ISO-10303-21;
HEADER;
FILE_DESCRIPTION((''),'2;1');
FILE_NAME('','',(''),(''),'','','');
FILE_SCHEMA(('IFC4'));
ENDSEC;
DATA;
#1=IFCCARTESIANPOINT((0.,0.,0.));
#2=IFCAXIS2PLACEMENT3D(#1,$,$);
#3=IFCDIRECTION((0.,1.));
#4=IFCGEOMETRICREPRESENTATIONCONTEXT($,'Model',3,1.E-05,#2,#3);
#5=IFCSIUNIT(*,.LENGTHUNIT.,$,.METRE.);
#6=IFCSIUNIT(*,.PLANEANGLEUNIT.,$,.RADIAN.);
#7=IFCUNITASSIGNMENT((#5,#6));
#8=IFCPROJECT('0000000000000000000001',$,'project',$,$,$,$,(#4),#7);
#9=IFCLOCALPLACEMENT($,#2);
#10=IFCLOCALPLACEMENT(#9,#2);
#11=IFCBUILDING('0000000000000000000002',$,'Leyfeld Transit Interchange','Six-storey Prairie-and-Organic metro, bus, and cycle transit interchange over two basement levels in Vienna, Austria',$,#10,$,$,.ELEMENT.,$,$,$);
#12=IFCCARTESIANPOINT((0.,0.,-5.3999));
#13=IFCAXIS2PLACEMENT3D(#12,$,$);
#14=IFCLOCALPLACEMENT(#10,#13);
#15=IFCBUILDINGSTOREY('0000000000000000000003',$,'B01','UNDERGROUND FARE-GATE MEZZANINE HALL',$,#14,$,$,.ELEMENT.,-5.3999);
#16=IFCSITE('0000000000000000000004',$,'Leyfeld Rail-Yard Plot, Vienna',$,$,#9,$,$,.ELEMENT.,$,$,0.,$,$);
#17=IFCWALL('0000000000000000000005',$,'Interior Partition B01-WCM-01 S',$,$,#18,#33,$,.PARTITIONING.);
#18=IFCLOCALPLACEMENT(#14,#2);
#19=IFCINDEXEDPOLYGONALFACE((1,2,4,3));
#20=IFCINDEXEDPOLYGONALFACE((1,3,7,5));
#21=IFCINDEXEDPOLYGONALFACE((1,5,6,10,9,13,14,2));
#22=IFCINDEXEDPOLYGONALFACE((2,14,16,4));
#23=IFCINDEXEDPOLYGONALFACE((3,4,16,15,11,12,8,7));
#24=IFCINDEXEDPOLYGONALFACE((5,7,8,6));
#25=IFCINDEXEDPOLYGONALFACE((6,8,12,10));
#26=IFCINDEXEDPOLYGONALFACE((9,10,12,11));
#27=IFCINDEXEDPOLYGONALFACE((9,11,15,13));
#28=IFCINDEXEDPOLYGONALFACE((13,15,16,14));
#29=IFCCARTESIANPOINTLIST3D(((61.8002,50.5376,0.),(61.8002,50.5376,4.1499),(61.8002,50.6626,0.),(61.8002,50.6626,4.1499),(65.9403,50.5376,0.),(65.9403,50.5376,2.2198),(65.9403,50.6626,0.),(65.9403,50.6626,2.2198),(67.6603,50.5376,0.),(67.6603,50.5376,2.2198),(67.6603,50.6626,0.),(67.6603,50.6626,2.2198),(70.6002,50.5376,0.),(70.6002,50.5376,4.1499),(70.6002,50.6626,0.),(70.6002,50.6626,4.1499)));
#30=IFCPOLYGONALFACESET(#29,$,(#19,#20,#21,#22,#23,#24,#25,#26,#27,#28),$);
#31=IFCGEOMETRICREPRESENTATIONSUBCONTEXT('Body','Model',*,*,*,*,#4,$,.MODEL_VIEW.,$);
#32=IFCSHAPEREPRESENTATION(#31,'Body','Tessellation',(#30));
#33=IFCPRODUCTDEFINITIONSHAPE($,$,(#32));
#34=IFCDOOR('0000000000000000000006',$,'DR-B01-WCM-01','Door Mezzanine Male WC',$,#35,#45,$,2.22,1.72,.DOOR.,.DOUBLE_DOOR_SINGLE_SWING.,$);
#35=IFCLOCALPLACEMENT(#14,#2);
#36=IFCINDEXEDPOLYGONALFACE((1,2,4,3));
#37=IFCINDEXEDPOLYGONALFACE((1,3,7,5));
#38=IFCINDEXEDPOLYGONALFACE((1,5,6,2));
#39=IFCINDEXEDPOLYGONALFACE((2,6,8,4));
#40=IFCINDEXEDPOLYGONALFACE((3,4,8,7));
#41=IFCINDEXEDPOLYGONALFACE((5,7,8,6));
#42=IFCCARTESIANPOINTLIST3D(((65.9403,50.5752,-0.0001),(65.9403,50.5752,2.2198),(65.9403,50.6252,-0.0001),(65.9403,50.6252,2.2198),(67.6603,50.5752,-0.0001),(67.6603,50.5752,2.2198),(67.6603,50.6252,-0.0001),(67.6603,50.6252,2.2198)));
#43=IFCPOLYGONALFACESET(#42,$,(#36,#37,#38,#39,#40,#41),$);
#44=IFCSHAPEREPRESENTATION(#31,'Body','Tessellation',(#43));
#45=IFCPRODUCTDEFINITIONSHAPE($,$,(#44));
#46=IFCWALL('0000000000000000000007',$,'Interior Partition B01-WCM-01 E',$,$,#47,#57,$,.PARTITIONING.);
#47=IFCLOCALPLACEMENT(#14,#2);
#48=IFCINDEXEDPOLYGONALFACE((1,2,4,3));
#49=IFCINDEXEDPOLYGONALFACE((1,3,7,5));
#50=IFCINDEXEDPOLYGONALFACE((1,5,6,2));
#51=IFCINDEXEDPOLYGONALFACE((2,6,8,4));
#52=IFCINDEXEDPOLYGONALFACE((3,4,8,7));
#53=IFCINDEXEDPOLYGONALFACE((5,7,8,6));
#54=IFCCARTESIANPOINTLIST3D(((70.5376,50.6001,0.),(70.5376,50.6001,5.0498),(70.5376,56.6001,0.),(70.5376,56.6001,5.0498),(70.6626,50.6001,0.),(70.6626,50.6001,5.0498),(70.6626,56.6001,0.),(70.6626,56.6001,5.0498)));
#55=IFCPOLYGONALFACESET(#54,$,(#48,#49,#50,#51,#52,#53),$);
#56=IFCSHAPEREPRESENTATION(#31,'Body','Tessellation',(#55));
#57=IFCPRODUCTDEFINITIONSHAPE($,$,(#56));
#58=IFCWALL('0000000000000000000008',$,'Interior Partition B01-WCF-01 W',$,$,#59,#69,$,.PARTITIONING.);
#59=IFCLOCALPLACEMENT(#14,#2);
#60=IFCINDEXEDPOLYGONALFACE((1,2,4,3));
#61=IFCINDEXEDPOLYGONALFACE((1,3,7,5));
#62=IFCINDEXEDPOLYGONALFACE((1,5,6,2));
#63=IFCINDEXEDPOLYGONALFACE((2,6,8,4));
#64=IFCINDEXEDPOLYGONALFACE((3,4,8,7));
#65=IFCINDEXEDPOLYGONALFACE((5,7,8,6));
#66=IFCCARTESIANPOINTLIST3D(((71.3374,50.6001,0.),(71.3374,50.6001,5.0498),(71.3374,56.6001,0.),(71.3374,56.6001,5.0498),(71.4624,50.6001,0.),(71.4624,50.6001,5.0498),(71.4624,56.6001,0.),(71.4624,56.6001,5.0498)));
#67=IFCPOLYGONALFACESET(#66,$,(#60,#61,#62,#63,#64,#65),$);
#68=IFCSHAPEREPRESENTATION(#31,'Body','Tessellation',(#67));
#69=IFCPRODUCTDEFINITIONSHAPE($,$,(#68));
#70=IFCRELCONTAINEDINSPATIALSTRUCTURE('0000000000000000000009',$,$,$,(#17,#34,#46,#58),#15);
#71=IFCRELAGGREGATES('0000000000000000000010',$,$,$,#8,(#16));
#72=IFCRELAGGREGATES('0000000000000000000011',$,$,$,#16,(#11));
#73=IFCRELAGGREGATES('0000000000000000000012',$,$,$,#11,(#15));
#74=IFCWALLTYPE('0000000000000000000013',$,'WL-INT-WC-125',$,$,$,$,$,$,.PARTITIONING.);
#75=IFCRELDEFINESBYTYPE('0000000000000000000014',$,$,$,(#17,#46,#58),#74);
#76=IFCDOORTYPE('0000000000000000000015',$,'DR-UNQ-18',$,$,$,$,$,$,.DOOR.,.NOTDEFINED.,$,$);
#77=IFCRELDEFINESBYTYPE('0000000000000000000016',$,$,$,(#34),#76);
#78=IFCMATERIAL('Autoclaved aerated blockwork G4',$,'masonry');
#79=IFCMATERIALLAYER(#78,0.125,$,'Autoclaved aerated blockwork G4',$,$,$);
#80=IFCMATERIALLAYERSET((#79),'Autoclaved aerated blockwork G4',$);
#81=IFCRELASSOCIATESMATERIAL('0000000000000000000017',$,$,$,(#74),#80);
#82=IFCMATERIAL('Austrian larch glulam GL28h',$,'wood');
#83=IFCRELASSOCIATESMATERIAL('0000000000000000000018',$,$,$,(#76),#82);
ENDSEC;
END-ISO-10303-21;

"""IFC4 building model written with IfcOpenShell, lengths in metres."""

from ifc_helpers import new_model, si_unit, direction, frame, frame_2d, origin, place, context, subcontext, project, spatial, rectangle, extrude, material, layer, layer_set, type_object, element, fill, save


model = new_model("IFC4")

# Units and contexts
model_context = context("Model", 3, precision=1e-05, world=origin(), true_north=direction((0.0, 1.0)))
body_context = subcontext(model_context, "Body", "Model", "MODEL_VIEW")
ifc_project = project(units=[si_unit("LENGTHUNIT", "METRE"), si_unit("PLANEANGLEUNIT", "RADIAN")], contexts=[model_context])

# Site, building, storey
site_placement = place(None, origin())
site = spatial("IfcSite", under=ifc_project, at=site_placement, Name="Leyfeld Rail-Yard Plot, Vienna", CompositionType="ELEMENT", RefElevation=0.0)
building_placement = place(site_placement, origin())
building = spatial("IfcBuilding", under=site, at=building_placement, Name="Leyfeld Transit Interchange", Description="Six-storey Prairie-and-Organic metro, bus, and cycle transit interchange over two basement levels in Vienna, Austria", CompositionType="ELEMENT")
storey_placement = place(building_placement, frame((0.0, 0.0, -5.3999)))
storey = spatial("IfcBuildingStorey", under=building, at=storey_placement, Name="B01", Description="UNDERGROUND FARE-GATE MEZZANINE HALL", CompositionType="ELEMENT", Elevation=-5.3999)

# Wall, opening, door
ifc_material_1 = material(Name="Autoclaved aerated blockwork G4", Category="masonry")
ifc_layer_1 = layer(ifc_material_1, 0.125, Name="Autoclaved aerated blockwork G4")
ifc_layer_set_1 = layer_set([ifc_layer_1], Name="Autoclaved aerated blockwork G4")
wall_type_1 = type_object("IfcWallType", Name="WL-INT-WC-125", PredefinedType="PARTITIONING", material=ifc_layer_set_1)
wall_1_placement = place(storey_placement, frame((70.6001, 50.6001, 0.0), z_axis=(0.0, 0.0, 1.0), x_axis=(-1.0, 0.0, 0.0)))
wall_1 = element("IfcWall", 1, at=wall_1_placement, inside=storey, type_object=wall_type_1, Name="Interior Partition B01-WCM-01 S", PredefinedType="PARTITIONING", context=body_context, shape_type="SweptSolid", body=[
    extrude(rectangle(XDim=8.8, YDim=0.125, at=frame_2d((4.3999, 0.0))), origin(), (0.0, 0.0, 1.0), 4.1499),
])
opening_placement = place(wall_1_placement, frame((2.9399, 0.0, 0.0)))
opening = element("IfcOpeningElement", 2, at=opening_placement, cuts=wall_1, PredefinedType="OPENING", context=body_context, shape_type="SweptSolid", body=[
    extrude(rectangle(XDim=1.72, YDim=2.22, at=frame_2d((0.8599, 1.1099))), frame((0.0, 0.0725, 0.0), z_axis=(0.0, -1.0, 0.0), x_axis=(1.0, 0.0, 0.0)), (0.0, 0.0, 1.0), 0.145),
])
ifc_material_2 = material(Name="Austrian larch glulam GL28h", Category="wood")
door_type = type_object("IfcDoorType", Name="DR-UNQ-18", OperationType="NOTDEFINED", PredefinedType="DOOR", material=ifc_material_2)
door_placement = place(opening_placement, origin())
door = element("IfcDoor", 3, at=door_placement, inside=storey, type_object=door_type, Name="DR-B01-WCM-01", Description="Door Mezzanine Male WC", OperationType="DOUBLE_DOOR_SINGLE_SWING", OverallHeight=2.22, OverallWidth=1.72, PredefinedType="DOOR", context=body_context, shape_type="SweptSolid", body=[
    extrude(rectangle(XDim=1.72, YDim=2.22, at=frame_2d((0.8599, 1.1099))), frame((0.0, 0.0249, 0.0), z_axis=(0.0, -1.0, 0.0), x_axis=(1.0, 0.0, 0.0)), (0.0, 0.0, 1.0), 0.05),
])
fill(opening, door)

# Walls
for number, where, z_axis, x_axis, name in (
    (4, (70.6001, 56.6001, 0.0), (0.0, 0.0, 1.0), (0.0, -1.0, 0.0), "Interior Partition B01-WCM-01 E"),
    (5, (71.3999, 50.6001, 0.0), (0.0, 0.0, 1.0), (0.0, 1.0, 0.0), "Interior Partition B01-WCF-01 W"),
):
    element("IfcWall", number, at=place(storey_placement, frame(where, z_axis=z_axis, x_axis=x_axis)), inside=storey, type_object=wall_type_1, Name=name, PredefinedType="PARTITIONING", context=body_context, shape_type="SweptSolid", body=[
        extrude(rectangle(XDim=6.0, YDim=0.125, at=frame_2d((3.0, 0.0))), origin(), (0.0, 0.0, 1.0), 5.0498),
    ])

save(model, "model.ifc")
